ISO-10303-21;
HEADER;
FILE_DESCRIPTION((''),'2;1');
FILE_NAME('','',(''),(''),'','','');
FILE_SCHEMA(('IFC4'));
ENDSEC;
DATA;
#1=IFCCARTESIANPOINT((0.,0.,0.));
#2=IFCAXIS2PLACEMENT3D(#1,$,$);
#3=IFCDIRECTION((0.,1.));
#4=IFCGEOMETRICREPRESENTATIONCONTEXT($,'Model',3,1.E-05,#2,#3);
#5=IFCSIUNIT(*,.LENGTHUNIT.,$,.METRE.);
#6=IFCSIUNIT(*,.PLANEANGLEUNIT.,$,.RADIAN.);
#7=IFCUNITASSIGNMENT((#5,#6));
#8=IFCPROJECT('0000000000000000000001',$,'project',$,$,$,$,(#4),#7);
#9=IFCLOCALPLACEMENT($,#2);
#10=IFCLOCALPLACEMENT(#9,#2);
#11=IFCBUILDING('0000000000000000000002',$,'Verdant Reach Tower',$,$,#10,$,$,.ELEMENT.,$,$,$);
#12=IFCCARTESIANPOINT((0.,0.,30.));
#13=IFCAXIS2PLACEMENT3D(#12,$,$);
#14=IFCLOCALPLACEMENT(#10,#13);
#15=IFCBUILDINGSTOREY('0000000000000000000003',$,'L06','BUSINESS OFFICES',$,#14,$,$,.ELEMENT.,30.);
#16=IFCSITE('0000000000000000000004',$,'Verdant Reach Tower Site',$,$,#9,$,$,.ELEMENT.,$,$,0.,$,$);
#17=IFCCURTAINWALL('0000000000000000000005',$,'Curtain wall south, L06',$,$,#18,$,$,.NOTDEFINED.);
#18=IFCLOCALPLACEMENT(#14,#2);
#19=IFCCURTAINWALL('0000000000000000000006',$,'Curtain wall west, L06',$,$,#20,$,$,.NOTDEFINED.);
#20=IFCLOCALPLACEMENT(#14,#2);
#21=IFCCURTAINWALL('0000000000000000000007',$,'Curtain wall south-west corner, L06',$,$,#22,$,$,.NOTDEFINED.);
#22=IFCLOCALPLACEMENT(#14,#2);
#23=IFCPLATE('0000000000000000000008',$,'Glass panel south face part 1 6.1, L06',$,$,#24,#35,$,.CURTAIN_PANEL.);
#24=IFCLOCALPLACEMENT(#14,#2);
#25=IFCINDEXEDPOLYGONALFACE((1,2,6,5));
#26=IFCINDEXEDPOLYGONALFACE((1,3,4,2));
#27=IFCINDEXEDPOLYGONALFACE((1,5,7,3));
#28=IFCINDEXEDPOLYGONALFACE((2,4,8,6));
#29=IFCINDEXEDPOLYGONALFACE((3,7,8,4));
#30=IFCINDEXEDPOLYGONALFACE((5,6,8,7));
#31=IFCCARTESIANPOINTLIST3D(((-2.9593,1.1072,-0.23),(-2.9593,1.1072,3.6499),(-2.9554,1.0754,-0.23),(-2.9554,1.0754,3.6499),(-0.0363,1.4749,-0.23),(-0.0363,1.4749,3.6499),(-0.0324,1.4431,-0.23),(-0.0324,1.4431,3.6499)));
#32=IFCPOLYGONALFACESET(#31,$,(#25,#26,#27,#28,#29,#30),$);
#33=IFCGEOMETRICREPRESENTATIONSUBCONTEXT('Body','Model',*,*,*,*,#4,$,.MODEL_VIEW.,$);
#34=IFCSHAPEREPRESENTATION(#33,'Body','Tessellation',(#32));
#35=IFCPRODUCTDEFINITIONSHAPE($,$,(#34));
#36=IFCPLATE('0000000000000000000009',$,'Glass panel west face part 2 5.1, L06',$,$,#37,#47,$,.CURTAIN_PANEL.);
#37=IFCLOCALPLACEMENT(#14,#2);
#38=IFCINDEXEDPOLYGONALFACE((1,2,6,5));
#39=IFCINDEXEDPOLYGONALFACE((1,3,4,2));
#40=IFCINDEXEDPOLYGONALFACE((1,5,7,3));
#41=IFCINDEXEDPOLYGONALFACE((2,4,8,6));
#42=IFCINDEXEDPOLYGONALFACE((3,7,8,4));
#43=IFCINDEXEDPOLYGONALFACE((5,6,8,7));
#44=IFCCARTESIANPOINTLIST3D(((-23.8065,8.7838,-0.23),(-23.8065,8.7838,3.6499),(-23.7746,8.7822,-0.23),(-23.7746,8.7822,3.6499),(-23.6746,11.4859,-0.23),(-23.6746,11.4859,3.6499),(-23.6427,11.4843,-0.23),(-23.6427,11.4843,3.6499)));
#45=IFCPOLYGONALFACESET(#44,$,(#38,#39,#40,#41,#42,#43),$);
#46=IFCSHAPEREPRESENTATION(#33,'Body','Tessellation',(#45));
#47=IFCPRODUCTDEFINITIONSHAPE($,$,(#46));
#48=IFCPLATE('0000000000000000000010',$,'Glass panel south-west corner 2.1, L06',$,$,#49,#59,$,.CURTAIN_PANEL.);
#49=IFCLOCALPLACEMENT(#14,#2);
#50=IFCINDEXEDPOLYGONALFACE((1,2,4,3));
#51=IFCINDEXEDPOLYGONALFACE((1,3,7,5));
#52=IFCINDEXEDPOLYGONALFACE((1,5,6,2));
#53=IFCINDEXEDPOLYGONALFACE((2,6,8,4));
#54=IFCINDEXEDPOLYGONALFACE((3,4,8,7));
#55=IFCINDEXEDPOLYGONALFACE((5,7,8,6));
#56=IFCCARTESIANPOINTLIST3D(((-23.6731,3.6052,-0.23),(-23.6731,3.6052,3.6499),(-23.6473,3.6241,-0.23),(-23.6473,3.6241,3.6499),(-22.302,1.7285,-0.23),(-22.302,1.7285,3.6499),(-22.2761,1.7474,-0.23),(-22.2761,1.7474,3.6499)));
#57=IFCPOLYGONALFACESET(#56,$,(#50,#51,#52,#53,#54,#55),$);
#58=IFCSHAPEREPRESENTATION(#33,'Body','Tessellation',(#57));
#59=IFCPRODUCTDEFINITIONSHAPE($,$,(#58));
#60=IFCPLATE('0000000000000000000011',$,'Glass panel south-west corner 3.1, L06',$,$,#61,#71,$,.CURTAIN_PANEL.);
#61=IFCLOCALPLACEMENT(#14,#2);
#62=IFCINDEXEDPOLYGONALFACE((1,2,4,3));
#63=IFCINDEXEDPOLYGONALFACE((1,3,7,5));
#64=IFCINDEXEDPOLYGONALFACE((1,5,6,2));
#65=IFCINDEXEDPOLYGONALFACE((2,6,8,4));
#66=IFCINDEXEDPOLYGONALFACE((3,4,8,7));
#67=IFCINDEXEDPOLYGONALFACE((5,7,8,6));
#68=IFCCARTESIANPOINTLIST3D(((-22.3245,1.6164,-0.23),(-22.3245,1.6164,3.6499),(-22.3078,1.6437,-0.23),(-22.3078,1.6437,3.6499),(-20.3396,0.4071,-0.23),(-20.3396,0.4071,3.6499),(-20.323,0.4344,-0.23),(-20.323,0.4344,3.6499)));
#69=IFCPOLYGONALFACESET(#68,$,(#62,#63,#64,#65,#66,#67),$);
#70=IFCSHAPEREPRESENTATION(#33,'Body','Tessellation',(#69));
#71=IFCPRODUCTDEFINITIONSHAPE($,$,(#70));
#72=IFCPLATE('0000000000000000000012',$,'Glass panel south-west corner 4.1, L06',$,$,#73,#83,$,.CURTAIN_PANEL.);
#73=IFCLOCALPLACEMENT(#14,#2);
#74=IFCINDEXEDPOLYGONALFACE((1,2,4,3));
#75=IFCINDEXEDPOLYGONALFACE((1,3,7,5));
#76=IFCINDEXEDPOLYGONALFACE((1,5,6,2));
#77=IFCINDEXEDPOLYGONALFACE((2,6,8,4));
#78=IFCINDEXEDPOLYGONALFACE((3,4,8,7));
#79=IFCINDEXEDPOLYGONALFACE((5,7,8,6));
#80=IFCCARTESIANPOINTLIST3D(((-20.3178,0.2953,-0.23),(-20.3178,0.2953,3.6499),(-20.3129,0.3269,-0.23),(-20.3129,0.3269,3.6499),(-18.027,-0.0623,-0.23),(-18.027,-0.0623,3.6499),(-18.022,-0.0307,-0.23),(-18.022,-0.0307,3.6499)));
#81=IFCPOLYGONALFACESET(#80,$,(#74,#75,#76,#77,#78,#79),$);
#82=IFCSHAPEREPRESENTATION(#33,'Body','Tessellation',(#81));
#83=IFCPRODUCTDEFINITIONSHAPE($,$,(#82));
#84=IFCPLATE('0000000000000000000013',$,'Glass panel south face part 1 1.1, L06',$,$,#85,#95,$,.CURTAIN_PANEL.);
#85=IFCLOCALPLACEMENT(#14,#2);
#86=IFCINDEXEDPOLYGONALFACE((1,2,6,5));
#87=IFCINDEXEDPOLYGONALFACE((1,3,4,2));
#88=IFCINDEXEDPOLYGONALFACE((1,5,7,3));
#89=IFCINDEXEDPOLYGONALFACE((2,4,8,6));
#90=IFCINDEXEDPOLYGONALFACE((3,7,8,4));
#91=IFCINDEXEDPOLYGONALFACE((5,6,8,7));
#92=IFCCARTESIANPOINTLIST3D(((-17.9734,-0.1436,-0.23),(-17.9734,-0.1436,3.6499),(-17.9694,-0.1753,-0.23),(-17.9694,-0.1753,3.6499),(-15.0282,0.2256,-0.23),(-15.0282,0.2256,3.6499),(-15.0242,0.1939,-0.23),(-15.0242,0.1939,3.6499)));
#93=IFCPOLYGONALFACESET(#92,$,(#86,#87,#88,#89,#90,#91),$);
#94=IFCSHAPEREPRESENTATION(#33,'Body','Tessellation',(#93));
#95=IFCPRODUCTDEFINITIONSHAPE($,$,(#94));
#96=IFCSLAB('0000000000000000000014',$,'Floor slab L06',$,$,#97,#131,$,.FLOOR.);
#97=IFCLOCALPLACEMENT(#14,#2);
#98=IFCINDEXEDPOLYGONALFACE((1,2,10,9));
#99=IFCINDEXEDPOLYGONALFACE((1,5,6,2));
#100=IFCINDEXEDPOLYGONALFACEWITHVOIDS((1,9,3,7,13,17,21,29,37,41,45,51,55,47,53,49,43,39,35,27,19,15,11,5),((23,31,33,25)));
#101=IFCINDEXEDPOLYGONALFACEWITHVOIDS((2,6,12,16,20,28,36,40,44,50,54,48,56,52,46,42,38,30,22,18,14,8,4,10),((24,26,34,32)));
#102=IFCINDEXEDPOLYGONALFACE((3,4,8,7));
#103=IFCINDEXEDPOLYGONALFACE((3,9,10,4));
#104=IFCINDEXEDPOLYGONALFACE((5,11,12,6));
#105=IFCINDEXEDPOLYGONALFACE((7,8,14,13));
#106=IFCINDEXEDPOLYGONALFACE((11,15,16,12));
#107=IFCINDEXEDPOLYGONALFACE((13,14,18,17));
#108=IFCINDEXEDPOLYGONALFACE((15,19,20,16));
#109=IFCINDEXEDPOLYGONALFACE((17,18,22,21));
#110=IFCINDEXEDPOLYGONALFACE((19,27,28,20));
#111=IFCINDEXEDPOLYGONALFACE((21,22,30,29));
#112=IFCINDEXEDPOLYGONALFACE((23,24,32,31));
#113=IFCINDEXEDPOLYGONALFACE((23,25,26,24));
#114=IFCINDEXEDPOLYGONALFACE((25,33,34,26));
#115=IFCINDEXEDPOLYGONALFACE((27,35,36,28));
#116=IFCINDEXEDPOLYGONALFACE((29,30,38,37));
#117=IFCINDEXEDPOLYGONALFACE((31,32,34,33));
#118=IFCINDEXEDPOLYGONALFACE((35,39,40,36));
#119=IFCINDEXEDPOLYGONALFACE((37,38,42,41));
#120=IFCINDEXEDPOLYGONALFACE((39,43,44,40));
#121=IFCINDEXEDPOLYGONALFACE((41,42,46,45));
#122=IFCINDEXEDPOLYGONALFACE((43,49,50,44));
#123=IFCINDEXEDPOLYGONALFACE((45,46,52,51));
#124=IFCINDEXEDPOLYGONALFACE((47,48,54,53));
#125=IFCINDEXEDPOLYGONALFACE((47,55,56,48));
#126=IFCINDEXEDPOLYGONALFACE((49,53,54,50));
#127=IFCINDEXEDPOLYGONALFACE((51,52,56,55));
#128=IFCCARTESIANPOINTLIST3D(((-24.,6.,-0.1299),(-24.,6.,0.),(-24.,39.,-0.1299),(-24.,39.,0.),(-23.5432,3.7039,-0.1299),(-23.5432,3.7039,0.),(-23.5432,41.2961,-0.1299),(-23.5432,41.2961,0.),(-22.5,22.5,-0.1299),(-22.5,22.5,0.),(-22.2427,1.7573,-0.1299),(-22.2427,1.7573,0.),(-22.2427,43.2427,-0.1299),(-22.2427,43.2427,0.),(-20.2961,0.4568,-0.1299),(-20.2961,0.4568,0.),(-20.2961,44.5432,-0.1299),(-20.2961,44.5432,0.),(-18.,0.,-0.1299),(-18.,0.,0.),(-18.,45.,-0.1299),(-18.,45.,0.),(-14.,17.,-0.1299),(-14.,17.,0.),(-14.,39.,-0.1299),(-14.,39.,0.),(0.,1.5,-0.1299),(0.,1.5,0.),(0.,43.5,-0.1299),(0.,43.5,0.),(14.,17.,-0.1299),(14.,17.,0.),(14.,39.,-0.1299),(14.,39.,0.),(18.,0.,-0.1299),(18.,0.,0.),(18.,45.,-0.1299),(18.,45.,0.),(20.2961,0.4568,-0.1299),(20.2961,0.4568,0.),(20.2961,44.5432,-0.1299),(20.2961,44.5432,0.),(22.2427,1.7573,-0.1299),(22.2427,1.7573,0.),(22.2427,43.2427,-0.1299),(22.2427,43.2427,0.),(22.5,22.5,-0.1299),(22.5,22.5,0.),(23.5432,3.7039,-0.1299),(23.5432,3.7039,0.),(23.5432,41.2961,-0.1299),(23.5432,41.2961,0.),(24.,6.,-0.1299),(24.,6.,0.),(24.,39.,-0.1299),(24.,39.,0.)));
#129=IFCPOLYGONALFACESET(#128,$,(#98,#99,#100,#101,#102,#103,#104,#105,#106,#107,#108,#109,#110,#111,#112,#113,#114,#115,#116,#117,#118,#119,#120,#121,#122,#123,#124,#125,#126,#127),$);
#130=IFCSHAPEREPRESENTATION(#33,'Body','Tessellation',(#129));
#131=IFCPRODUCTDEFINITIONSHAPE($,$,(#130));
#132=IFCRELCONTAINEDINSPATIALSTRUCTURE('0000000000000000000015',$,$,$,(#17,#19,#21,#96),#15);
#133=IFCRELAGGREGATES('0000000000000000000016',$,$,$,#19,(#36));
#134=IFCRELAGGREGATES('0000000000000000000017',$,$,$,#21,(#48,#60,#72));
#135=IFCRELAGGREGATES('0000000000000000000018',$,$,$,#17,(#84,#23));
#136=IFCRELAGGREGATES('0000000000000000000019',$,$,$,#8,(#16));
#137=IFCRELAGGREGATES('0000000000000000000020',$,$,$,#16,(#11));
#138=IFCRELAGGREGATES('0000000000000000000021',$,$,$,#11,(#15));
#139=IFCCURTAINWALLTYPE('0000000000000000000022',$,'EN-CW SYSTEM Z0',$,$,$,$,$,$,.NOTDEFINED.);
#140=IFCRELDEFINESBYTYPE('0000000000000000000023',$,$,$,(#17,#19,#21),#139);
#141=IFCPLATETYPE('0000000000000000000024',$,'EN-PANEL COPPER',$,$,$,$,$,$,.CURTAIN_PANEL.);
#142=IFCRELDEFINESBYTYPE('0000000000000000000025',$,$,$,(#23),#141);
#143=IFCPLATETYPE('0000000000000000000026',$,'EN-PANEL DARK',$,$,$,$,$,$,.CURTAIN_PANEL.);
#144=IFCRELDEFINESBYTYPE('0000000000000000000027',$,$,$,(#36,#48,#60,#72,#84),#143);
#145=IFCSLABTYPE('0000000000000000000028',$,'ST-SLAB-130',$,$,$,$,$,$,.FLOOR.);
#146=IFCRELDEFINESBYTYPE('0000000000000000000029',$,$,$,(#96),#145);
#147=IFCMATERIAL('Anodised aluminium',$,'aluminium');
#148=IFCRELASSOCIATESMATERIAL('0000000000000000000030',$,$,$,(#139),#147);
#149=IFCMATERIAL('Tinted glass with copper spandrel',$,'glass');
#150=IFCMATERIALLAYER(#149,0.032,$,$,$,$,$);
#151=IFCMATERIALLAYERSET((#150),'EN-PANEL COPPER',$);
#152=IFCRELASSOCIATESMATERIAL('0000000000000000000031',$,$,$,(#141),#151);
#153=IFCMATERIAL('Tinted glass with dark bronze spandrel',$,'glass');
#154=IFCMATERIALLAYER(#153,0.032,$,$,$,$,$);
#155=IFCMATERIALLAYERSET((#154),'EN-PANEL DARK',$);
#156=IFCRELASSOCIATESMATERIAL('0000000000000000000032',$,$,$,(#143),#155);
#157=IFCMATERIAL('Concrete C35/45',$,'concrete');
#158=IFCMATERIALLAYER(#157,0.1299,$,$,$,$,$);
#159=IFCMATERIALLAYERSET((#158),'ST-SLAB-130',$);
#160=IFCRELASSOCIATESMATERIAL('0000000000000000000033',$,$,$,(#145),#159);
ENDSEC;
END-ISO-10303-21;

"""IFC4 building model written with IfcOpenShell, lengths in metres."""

from ifc_helpers import new_model, si_unit, direction, frame, origin, origin_2d, place, context, subcontext, project, spatial, polyline, rectangle, outline, extrude, material, layer, layer_set, type_object, element, aggregate, save


model = new_model("IFC4")

# Units and contexts
model_context = context("Model", 3, precision=1e-05, world=origin(), true_north=direction((0.0, 1.0)))
body_context = subcontext(model_context, "Body", "Model", "MODEL_VIEW")
ifc_project = project(units=[si_unit("LENGTHUNIT", "METRE"), si_unit("PLANEANGLEUNIT", "RADIAN")], contexts=[model_context])

# Site, building, storey
site_placement = place(None, origin())
site = spatial("IfcSite", under=ifc_project, at=site_placement, Name="Verdant Reach Tower Site", CompositionType="ELEMENT", RefElevation=0.0)
building_placement = place(site_placement, origin())
building = spatial("IfcBuilding", under=site, at=building_placement, Name="Verdant Reach Tower", CompositionType="ELEMENT")
storey_placement = place(building_placement, frame((0.0, 0.0, 30.0)))
storey = spatial("IfcBuildingStorey", under=building, at=storey_placement, Name="L06", Description="BUSINESS OFFICES", CompositionType="ELEMENT", Elevation=30.0)

# Curtain wall
ifc_material_1 = material(Name="Anodised aluminium", Category="aluminium")
curtain_wall_type = type_object("IfcCurtainWallType", Name="EN-CW SYSTEM Z0", PredefinedType="NOTDEFINED", material=ifc_material_1)
curtain_wall_1_placement = place(storey_placement, origin())
curtain_wall_1 = element("IfcCurtainWall", 1, at=curtain_wall_1_placement, inside=storey, type_object=curtain_wall_type, Name="Curtain wall south, L06", PredefinedType="NOTDEFINED")

# Curtain wall
curtain_wall_2_placement = place(storey_placement, origin())
curtain_wall_2 = element("IfcCurtainWall", 2, at=curtain_wall_2_placement, inside=storey, type_object=curtain_wall_type, Name="Curtain wall west, L06", PredefinedType="NOTDEFINED")

# Curtain wall
curtain_wall_3_placement = place(storey_placement, origin())
curtain_wall_3 = element("IfcCurtainWall", 3, at=curtain_wall_3_placement, inside=storey, type_object=curtain_wall_type, Name="Curtain wall south-west corner, L06", PredefinedType="NOTDEFINED")
ifc_material_2 = material(Name="Tinted glass with copper spandrel", Category="glass")
ifc_layer_1 = layer(ifc_material_2, 0.032)
ifc_layer_set_1 = layer_set([ifc_layer_1], Name="EN-PANEL COPPER")
plate_type_1 = type_object("IfcPlateType", Name="EN-PANEL COPPER", PredefinedType="CURTAIN_PANEL", material=ifc_layer_set_1)

# Plates
plate_1_placement = place(storey_placement, frame((-1.4958, 1.2751, -0.23), z_axis=(0.0, 0.0, 1.0), x_axis=(0.99218, 0.124818, 0.0)))
plate_1 = element("IfcPlate", 4, at=plate_1_placement, type_object=plate_type_1, Name="Glass panel south face part 1 6.1, L06", PredefinedType="CURTAIN_PANEL", context=body_context, shape_type="SweptSolid", body=[
    extrude(rectangle(XDim=2.946, YDim=0.032, at=origin_2d()), origin(), (0.0, 0.0, 1.0), 3.8799),
])
ifc_material_3 = material(Name="Tinted glass with dark bronze spandrel", Category="glass")
ifc_layer_2 = layer(ifc_material_3, 0.032)
ifc_layer_set_2 = layer_set([ifc_layer_2], Name="EN-PANEL DARK")
plate_type_2 = type_object("IfcPlateType", Name="EN-PANEL DARK", PredefinedType="CURTAIN_PANEL", material=ifc_layer_set_2)
plate_2_placement = place(storey_placement, frame((-23.7246, 10.134, -0.23), z_axis=(0.0, 0.0, 1.0), x_axis=(-0.048753, -0.998811, 0.0)))
plate_2 = element("IfcPlate", 5, at=plate_2_placement, type_object=plate_type_2, Name="Glass panel west face part 2 5.1, L06", PredefinedType="CURTAIN_PANEL", context=body_context, shape_type="SweptSolid", body=[
    extrude(rectangle(XDim=2.7053, YDim=0.032, at=origin_2d()), origin(), (0.0, 0.0, 1.0), 3.8799),
])
aggregate(curtain_wall_2, [plate_2])
plate_3_placement = place(storey_placement, frame((-22.9746, 2.6763, -0.23), z_axis=(0.0, 0.0, 1.0), x_axis=(0.589927, -0.807457, 0.0)))
plate_3 = element("IfcPlate", 6, at=plate_3_placement, type_object=plate_type_2, Name="Glass panel south-west corner 2.1, L06", PredefinedType="CURTAIN_PANEL", context=body_context, shape_type="SweptSolid", body=[
    extrude(rectangle(XDim=2.3242, YDim=0.032, at=origin_2d()), origin(), (0.0, 0.0, 1.0), 3.8799),
])
plate_4_placement = place(storey_placement, frame((-21.3237, 1.0254, -0.23), z_axis=(0.0, 0.0, 1.0), x_axis=(0.853989, -0.520292, 0.0)))
plate_4 = element("IfcPlate", 7, at=plate_4_placement, type_object=plate_type_2, Name="Glass panel south-west corner 3.1, L06", PredefinedType="CURTAIN_PANEL", context=body_context, shape_type="SweptSolid", body=[
    extrude(rectangle(XDim=2.3242, YDim=0.032, at=origin_2d()), origin(), (0.0, 0.0, 1.0), 3.8799),
])
plate_5_placement = place(storey_placement, frame((-19.1699, 0.1323, -0.23), z_axis=(0.0, 0.0, 1.0), x_axis=(0.988035, -0.154233, 0.0)))
plate_5 = element("IfcPlate", 8, at=plate_5_placement, type_object=plate_type_2, Name="Glass panel south-west corner 4.1, L06", PredefinedType="CURTAIN_PANEL", context=body_context, shape_type="SweptSolid", body=[
    extrude(rectangle(XDim=2.3186, YDim=0.032, at=origin_2d()), origin(), (0.0, 0.0, 1.0), 3.8799),
])
aggregate(curtain_wall_3, [plate_3, plate_4, plate_5])
plate_6_placement = place(storey_placement, frame((-16.4988, 0.0251, -0.23), z_axis=(0.0, 0.0, 1.0), x_axis=(0.992234, 0.124384, 0.0)))
plate_6 = element("IfcPlate", 9, at=plate_6_placement, type_object=plate_type_2, Name="Glass panel south face part 1 1.1, L06", PredefinedType="CURTAIN_PANEL", context=body_context, shape_type="SweptSolid", body=[
    extrude(rectangle(XDim=2.9683, YDim=0.032, at=origin_2d()), origin(), (0.0, 0.0, 1.0), 3.8799),
])
aggregate(curtain_wall_1, [plate_6, plate_1])

# Slab
ifc_material_4 = material(Name="Concrete C35/45", Category="concrete")
ifc_layer_3 = layer(ifc_material_4, 0.1299)
ifc_layer_set_3 = layer_set([ifc_layer_3], Name="ST-SLAB-130")
slab_type_1 = type_object("IfcSlabType", Name="ST-SLAB-130", PredefinedType="FLOOR", material=ifc_layer_set_3)
slab_1_placement = place(storey_placement, frame((0.0, 0.0, -0.1299)))
element("IfcSlab", 10, at=slab_1_placement, inside=storey, type_object=slab_type_1, Name="Floor slab L06", PredefinedType="FLOOR", context=body_context, shape_type="SweptSolid", body=[
    extrude(outline(polyline([(0.0, 1.5), (-18.0, 0.0), (-20.2961, 0.4568), (-22.2427, 1.7573), (-23.5432, 3.7039), (-24.0, 6.0), (-22.5, 22.5), (-24.0, 39.0), (-23.5432, 41.2961), (-22.2427, 43.2427), (-20.2961, 44.5432), (-18.0, 45.0), (0.0, 43.5), (18.0, 45.0), (20.2961, 44.5432), (22.2427, 43.2427), (23.5432, 41.2961), (24.0, 39.0), (22.5, 22.5), (24.0, 6.0), (23.5432, 3.7039), (22.2427, 1.7573), (20.2961, 0.4568), (18.0, 0.0), (0.0, 1.5)]), holes=[polyline([(14.0, 39.0), (-14.0, 39.0), (-14.0, 17.0), (14.0, 17.0), (14.0, 39.0)])]), origin(), (0.0, 0.0, 1.0), 0.1299),
])

save(model, "model.ifc")
